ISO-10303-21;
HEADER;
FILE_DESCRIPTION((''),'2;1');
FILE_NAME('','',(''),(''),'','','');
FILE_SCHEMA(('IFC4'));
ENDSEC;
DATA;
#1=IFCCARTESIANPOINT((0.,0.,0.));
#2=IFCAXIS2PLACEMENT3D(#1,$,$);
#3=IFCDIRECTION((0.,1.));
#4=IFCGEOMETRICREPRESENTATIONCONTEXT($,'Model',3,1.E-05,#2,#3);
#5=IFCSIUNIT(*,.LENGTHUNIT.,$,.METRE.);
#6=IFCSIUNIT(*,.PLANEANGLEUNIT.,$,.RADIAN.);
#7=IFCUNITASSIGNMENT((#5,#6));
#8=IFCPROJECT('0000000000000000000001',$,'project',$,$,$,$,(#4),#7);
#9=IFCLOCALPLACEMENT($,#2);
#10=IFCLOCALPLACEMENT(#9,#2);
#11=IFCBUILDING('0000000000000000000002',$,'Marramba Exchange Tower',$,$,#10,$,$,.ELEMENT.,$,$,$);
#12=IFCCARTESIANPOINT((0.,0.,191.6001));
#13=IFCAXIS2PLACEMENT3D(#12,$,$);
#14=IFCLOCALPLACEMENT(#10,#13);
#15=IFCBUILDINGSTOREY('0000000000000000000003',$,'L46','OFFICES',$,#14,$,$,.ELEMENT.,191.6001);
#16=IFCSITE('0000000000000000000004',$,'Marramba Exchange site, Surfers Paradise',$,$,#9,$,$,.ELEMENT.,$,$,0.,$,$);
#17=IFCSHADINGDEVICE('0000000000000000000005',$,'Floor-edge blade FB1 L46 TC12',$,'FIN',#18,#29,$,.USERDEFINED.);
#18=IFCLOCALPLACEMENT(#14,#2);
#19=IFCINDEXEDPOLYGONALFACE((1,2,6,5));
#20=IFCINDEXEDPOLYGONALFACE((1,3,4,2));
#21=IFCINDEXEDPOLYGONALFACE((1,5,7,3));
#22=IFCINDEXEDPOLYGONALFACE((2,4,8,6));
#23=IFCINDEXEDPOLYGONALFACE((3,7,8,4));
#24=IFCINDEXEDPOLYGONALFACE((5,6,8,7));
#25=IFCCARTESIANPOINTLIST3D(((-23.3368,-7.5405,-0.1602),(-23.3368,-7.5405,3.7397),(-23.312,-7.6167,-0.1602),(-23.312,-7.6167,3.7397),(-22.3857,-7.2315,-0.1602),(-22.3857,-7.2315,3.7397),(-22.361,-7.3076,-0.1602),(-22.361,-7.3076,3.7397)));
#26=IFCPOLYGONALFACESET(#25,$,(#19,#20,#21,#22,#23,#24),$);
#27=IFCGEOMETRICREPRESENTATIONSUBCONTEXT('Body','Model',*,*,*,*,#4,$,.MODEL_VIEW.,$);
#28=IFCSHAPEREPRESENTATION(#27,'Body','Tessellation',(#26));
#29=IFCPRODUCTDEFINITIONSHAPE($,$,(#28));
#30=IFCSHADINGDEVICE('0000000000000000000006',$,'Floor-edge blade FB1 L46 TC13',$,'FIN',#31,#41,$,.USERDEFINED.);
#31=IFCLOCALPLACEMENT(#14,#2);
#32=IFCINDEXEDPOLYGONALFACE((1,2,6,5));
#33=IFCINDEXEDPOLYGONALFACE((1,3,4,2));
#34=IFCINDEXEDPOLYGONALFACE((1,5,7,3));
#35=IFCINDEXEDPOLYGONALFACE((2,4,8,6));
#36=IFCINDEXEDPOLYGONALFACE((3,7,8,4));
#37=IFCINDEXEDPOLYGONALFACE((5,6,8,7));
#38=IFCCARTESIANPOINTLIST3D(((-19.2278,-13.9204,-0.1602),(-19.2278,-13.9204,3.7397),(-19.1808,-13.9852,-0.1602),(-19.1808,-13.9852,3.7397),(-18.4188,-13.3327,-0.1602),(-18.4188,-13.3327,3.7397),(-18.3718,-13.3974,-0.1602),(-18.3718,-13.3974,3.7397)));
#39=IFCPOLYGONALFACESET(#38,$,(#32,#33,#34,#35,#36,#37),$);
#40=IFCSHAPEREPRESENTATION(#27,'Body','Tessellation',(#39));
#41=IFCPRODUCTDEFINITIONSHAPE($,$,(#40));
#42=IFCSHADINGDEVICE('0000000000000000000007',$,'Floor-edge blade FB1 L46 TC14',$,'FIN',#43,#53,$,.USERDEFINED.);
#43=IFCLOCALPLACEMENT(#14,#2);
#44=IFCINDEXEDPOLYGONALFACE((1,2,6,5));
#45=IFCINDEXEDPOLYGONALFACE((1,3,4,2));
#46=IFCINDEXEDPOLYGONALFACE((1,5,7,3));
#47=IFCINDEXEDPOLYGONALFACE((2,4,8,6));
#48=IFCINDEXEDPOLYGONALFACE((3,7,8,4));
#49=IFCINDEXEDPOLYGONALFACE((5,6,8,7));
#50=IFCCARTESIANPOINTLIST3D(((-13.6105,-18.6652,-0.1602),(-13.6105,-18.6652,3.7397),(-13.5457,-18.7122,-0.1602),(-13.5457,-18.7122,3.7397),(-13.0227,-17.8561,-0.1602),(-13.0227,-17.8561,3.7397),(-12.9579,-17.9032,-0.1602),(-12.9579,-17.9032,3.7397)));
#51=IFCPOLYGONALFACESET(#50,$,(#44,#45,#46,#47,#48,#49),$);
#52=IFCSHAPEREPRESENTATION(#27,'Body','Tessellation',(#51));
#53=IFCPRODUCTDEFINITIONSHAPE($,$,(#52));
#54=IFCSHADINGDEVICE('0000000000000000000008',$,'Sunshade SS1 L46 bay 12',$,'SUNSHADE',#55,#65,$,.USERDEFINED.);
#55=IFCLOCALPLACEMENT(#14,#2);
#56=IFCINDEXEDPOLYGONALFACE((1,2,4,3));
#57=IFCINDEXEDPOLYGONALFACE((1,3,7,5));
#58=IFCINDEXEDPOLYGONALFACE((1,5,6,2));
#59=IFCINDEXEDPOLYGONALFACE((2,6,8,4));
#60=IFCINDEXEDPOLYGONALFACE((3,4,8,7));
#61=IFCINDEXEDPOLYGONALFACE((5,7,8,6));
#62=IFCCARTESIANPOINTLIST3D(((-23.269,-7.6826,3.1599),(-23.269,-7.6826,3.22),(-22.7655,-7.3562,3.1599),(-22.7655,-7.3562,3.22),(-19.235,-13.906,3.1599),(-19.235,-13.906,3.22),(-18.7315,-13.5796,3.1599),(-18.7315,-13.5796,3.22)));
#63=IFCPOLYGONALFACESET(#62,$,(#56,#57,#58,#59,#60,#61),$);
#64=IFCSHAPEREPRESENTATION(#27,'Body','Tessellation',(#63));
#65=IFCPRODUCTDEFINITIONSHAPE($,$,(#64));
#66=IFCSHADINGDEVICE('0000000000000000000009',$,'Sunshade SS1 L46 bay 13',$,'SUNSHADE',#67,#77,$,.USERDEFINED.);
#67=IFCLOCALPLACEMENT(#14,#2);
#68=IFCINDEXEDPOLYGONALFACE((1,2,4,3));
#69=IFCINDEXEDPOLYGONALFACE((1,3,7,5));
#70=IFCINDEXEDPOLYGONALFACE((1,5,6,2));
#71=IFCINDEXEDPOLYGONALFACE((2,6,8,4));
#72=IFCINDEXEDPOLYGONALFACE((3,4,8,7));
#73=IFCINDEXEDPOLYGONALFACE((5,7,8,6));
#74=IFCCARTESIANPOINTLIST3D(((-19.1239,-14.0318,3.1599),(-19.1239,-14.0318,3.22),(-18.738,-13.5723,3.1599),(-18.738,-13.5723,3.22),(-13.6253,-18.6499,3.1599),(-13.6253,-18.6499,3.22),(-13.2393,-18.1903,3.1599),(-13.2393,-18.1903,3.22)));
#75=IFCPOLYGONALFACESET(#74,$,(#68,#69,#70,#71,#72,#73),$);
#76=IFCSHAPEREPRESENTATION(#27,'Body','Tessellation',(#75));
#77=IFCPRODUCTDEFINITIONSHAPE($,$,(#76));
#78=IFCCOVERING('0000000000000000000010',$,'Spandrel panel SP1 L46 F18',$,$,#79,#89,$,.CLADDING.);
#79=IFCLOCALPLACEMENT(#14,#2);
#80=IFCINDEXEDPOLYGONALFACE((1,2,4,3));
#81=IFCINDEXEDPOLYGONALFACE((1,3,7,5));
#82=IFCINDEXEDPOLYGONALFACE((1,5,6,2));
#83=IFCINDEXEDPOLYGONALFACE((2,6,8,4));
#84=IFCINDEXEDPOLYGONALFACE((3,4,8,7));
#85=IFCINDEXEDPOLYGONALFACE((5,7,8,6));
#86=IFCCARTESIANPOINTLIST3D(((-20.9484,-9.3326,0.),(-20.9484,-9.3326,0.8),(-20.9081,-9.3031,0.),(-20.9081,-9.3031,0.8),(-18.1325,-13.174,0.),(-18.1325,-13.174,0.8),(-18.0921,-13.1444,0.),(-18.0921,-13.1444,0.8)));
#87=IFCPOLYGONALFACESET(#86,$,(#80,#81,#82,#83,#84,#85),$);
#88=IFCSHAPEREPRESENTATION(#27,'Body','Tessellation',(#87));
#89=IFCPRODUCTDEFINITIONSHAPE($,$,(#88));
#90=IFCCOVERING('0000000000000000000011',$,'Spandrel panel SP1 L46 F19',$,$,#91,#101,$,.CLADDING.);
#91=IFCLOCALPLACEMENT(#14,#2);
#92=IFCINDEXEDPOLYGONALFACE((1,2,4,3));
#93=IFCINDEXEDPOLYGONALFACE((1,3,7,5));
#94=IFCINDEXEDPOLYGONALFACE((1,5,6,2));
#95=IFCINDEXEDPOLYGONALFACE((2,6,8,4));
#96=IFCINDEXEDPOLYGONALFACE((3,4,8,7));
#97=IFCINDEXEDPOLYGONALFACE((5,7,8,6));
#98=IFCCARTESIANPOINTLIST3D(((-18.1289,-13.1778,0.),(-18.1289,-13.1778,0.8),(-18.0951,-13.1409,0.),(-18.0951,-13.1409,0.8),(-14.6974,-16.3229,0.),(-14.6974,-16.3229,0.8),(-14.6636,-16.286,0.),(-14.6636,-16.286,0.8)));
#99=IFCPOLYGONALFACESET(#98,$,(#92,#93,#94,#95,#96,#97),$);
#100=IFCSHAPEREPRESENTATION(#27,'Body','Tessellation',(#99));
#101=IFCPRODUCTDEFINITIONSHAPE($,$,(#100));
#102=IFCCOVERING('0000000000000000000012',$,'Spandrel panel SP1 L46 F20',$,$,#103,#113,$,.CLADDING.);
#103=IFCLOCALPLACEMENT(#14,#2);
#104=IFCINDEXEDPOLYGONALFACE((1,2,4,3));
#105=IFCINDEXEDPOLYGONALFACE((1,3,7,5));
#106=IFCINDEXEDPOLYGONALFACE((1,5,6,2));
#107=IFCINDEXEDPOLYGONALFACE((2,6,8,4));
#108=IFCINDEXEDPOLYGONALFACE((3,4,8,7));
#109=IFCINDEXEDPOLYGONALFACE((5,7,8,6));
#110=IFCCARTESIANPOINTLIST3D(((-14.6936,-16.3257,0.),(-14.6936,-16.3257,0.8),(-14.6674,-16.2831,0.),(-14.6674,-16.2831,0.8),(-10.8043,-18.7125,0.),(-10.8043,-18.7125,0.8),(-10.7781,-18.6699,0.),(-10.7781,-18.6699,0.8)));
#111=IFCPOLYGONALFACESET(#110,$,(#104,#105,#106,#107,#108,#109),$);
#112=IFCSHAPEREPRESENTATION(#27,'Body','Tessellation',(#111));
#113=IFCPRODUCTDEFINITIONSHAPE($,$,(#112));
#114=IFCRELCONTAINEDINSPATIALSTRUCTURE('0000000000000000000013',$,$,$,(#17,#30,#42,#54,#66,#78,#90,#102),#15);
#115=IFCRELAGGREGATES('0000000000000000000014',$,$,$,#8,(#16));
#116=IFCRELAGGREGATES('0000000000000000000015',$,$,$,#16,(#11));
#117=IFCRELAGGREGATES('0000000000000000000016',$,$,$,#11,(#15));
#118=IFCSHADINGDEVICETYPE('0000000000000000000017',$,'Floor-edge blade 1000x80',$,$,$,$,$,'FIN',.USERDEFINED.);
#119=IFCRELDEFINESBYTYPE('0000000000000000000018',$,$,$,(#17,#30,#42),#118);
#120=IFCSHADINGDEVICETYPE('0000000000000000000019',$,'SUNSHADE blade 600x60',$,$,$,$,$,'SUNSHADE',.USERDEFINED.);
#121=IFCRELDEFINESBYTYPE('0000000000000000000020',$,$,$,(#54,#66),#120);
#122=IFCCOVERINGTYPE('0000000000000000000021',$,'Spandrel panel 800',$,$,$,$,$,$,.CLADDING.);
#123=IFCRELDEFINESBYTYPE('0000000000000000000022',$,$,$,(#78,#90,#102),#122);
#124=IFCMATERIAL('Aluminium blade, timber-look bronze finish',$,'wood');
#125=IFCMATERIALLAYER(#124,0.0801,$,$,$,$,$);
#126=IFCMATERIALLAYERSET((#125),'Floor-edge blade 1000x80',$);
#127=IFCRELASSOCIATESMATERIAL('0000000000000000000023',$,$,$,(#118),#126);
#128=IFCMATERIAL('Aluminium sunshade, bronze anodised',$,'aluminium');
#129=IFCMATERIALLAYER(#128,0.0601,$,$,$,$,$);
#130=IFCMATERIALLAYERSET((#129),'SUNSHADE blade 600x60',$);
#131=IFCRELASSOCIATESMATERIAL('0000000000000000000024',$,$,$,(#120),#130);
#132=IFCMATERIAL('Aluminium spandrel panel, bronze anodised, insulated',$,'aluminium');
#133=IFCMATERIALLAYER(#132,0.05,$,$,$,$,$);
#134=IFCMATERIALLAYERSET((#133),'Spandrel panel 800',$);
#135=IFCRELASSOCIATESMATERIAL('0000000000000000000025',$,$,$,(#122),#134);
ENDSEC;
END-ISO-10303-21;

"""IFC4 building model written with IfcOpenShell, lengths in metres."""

from ifc_helpers import new_model, si_unit, direction, frame, origin, origin_2d, place, context, subcontext, project, spatial, rectangle, extrude, material, layer, layer_set, type_object, element, save


model = new_model("IFC4")

# Units and contexts
model_context = context("Model", 3, precision=1e-05, world=origin(), true_north=direction((0.0, 1.0)))
body_context = subcontext(model_context, "Body", "Model", "MODEL_VIEW")
ifc_project = project(units=[si_unit("LENGTHUNIT", "METRE"), si_unit("PLANEANGLEUNIT", "RADIAN")], contexts=[model_context])

# Site, building, storey
site_placement = place(None, origin())
site = spatial("IfcSite", under=ifc_project, at=site_placement, Name="Marramba Exchange site, Surfers Paradise", CompositionType="ELEMENT", RefElevation=0.0)
building_placement = place(site_placement, origin())
building = spatial("IfcBuilding", under=site, at=building_placement, Name="Marramba Exchange Tower", CompositionType="ELEMENT")
storey_placement = place(building_placement, frame((0.0, 0.0, 191.6001)))
storey = spatial("IfcBuildingStorey", under=building, at=storey_placement, Name="L46", Description="OFFICES", CompositionType="ELEMENT", Elevation=191.6001)

# Shading devices
ifc_material_1 = material(Name="Aluminium blade, timber-look bronze finish", Category="wood")
ifc_layer_1 = layer(ifc_material_1, 0.0801)
ifc_layer_set_1 = layer_set([ifc_layer_1], Name="Floor-edge blade 1000x80")
shading_device_type_1 = type_object("IfcShadingDeviceType", Name="Floor-edge blade 1000x80", ElementType="FIN", PredefinedType="USERDEFINED", material=ifc_layer_set_1)
for number, where, z_axis, x_axis, name in (
    (1, (-22.8489, -7.4241, -0.1602), (0.0, 0.0, 1.0), (-0.951057, -0.309017, 0.0), "Floor-edge blade FB1 L46 TC12"),
    (2, (-18.7998, -13.6589, -0.1602), (0.0, 0.0, 1.0), (-0.809017, -0.587785, 0.0), "Floor-edge blade FB1 L46 TC13"),
    (3, (-13.2842, -18.2842, -0.1602), (0.0, 0.0, 1.0), (-0.587785, -0.809017, 0.0), "Floor-edge blade FB1 L46 TC14"),
):
    element("IfcShadingDevice", number, at=place(storey_placement, frame(where, z_axis=z_axis, x_axis=x_axis)), inside=storey, type_object=shading_device_type_1, Name=name, ObjectType="FIN", PredefinedType="USERDEFINED", context=body_context, shape_type="SweptSolid", body=[
        extrude(rectangle(XDim=1.0, YDim=0.0801, at=origin_2d()), origin(), (0.0, 0.0, 1.0), 3.8999),
    ])
ifc_material_2 = material(Name="Aluminium sunshade, bronze anodised", Category="aluminium")
ifc_layer_2 = layer(ifc_material_2, 0.0601)
ifc_layer_set_2 = layer_set([ifc_layer_2], Name="SUNSHADE blade 600x60")
shading_device_type_2 = type_object("IfcShadingDeviceType", Name="SUNSHADE blade 600x60", ElementType="SUNSHADE", PredefinedType="USERDEFINED", material=ifc_layer_set_2)
shading_device_1_placement = place(storey_placement, frame((-21.0002, -10.6311, 3.1599), z_axis=(0.0, 0.0, 1.0), x_axis=(0.543922, -0.839136, 0.0)))
element("IfcShadingDevice", 4, at=shading_device_1_placement, inside=storey, type_object=shading_device_type_2, Name="Sunshade SS1 L46 bay 12", ObjectType="SUNSHADE", PredefinedType="USERDEFINED", context=body_context, shape_type="SweptSolid", body=[
    extrude(rectangle(XDim=7.4165, YDim=0.6001, at=origin_2d()), origin(), (0.0, 0.0, 1.0), 0.0601),
])
shading_device_2_placement = place(storey_placement, frame((-16.1816, -16.1111, 3.1599), z_axis=(0.0, 0.0, 1.0), x_axis=(0.765762, -0.643124, 0.0)))
element("IfcShadingDevice", 5, at=shading_device_2_placement, inside=storey, type_object=shading_device_type_2, Name="Sunshade SS1 L46 bay 13", ObjectType="SUNSHADE", PredefinedType="USERDEFINED", context=body_context, shape_type="SweptSolid", body=[
    extrude(rectangle(XDim=7.1807, YDim=0.6001, at=origin_2d()), origin(), (0.0, 0.0, 1.0), 0.0601),
])

# Coverings
ifc_material_3 = material(Name="Aluminium spandrel panel, bronze anodised, insulated", Category="aluminium")
ifc_layer_3 = layer(ifc_material_3, 0.05)
ifc_layer_set_3 = layer_set([ifc_layer_3], Name="Spandrel panel 800")
covering_type = type_object("IfcCoveringType", Name="Spandrel panel 800", PredefinedType="CLADDING", material=ifc_layer_set_3)
covering_1_placement = place(storey_placement, frame((-19.5203, -11.2385, 0.0), z_axis=(0.0, 0.0, 1.0), x_axis=(0.591223, -0.806508, 0.0)))
element("IfcCovering", 6, at=covering_1_placement, inside=storey, type_object=covering_type, Name="Spandrel panel SP1 L46 F18", PredefinedType="CLADDING", context=body_context, shape_type="SweptSolid", body=[
    extrude(rectangle(XDim=4.7629, YDim=0.05, at=origin_2d()), origin(), (0.0, 0.0, 1.0), 0.8),
])
covering_2_placement = place(storey_placement, frame((-16.3962, -14.7319, 0.0), z_axis=(0.0, 0.0, 1.0), x_axis=(0.737203, -0.675671, 0.0)))
element("IfcCovering", 7, at=covering_2_placement, inside=storey, type_object=covering_type, Name="Spandrel panel SP1 L46 F19", PredefinedType="CLADDING", context=body_context, shape_type="SweptSolid", body=[
    extrude(rectangle(XDim=4.6548, YDim=0.05, at=origin_2d()), origin(), (0.0, 0.0, 1.0), 0.8),
])
covering_3_placement = place(storey_placement, frame((-12.7358, -17.4978, 0.0), z_axis=(0.0, 0.0, 1.0), x_axis=(0.852301, -0.523052, 0.0)))
element("IfcCovering", 8, at=covering_3_placement, inside=storey, type_object=covering_type, Name="Spandrel panel SP1 L46 F20", PredefinedType="CLADDING", context=body_context, shape_type="SweptSolid", body=[
    extrude(rectangle(XDim=4.5632, YDim=0.05, at=origin_2d()), origin(), (0.0, 0.0, 1.0), 0.8),
])

save(model, "model.ifc")
